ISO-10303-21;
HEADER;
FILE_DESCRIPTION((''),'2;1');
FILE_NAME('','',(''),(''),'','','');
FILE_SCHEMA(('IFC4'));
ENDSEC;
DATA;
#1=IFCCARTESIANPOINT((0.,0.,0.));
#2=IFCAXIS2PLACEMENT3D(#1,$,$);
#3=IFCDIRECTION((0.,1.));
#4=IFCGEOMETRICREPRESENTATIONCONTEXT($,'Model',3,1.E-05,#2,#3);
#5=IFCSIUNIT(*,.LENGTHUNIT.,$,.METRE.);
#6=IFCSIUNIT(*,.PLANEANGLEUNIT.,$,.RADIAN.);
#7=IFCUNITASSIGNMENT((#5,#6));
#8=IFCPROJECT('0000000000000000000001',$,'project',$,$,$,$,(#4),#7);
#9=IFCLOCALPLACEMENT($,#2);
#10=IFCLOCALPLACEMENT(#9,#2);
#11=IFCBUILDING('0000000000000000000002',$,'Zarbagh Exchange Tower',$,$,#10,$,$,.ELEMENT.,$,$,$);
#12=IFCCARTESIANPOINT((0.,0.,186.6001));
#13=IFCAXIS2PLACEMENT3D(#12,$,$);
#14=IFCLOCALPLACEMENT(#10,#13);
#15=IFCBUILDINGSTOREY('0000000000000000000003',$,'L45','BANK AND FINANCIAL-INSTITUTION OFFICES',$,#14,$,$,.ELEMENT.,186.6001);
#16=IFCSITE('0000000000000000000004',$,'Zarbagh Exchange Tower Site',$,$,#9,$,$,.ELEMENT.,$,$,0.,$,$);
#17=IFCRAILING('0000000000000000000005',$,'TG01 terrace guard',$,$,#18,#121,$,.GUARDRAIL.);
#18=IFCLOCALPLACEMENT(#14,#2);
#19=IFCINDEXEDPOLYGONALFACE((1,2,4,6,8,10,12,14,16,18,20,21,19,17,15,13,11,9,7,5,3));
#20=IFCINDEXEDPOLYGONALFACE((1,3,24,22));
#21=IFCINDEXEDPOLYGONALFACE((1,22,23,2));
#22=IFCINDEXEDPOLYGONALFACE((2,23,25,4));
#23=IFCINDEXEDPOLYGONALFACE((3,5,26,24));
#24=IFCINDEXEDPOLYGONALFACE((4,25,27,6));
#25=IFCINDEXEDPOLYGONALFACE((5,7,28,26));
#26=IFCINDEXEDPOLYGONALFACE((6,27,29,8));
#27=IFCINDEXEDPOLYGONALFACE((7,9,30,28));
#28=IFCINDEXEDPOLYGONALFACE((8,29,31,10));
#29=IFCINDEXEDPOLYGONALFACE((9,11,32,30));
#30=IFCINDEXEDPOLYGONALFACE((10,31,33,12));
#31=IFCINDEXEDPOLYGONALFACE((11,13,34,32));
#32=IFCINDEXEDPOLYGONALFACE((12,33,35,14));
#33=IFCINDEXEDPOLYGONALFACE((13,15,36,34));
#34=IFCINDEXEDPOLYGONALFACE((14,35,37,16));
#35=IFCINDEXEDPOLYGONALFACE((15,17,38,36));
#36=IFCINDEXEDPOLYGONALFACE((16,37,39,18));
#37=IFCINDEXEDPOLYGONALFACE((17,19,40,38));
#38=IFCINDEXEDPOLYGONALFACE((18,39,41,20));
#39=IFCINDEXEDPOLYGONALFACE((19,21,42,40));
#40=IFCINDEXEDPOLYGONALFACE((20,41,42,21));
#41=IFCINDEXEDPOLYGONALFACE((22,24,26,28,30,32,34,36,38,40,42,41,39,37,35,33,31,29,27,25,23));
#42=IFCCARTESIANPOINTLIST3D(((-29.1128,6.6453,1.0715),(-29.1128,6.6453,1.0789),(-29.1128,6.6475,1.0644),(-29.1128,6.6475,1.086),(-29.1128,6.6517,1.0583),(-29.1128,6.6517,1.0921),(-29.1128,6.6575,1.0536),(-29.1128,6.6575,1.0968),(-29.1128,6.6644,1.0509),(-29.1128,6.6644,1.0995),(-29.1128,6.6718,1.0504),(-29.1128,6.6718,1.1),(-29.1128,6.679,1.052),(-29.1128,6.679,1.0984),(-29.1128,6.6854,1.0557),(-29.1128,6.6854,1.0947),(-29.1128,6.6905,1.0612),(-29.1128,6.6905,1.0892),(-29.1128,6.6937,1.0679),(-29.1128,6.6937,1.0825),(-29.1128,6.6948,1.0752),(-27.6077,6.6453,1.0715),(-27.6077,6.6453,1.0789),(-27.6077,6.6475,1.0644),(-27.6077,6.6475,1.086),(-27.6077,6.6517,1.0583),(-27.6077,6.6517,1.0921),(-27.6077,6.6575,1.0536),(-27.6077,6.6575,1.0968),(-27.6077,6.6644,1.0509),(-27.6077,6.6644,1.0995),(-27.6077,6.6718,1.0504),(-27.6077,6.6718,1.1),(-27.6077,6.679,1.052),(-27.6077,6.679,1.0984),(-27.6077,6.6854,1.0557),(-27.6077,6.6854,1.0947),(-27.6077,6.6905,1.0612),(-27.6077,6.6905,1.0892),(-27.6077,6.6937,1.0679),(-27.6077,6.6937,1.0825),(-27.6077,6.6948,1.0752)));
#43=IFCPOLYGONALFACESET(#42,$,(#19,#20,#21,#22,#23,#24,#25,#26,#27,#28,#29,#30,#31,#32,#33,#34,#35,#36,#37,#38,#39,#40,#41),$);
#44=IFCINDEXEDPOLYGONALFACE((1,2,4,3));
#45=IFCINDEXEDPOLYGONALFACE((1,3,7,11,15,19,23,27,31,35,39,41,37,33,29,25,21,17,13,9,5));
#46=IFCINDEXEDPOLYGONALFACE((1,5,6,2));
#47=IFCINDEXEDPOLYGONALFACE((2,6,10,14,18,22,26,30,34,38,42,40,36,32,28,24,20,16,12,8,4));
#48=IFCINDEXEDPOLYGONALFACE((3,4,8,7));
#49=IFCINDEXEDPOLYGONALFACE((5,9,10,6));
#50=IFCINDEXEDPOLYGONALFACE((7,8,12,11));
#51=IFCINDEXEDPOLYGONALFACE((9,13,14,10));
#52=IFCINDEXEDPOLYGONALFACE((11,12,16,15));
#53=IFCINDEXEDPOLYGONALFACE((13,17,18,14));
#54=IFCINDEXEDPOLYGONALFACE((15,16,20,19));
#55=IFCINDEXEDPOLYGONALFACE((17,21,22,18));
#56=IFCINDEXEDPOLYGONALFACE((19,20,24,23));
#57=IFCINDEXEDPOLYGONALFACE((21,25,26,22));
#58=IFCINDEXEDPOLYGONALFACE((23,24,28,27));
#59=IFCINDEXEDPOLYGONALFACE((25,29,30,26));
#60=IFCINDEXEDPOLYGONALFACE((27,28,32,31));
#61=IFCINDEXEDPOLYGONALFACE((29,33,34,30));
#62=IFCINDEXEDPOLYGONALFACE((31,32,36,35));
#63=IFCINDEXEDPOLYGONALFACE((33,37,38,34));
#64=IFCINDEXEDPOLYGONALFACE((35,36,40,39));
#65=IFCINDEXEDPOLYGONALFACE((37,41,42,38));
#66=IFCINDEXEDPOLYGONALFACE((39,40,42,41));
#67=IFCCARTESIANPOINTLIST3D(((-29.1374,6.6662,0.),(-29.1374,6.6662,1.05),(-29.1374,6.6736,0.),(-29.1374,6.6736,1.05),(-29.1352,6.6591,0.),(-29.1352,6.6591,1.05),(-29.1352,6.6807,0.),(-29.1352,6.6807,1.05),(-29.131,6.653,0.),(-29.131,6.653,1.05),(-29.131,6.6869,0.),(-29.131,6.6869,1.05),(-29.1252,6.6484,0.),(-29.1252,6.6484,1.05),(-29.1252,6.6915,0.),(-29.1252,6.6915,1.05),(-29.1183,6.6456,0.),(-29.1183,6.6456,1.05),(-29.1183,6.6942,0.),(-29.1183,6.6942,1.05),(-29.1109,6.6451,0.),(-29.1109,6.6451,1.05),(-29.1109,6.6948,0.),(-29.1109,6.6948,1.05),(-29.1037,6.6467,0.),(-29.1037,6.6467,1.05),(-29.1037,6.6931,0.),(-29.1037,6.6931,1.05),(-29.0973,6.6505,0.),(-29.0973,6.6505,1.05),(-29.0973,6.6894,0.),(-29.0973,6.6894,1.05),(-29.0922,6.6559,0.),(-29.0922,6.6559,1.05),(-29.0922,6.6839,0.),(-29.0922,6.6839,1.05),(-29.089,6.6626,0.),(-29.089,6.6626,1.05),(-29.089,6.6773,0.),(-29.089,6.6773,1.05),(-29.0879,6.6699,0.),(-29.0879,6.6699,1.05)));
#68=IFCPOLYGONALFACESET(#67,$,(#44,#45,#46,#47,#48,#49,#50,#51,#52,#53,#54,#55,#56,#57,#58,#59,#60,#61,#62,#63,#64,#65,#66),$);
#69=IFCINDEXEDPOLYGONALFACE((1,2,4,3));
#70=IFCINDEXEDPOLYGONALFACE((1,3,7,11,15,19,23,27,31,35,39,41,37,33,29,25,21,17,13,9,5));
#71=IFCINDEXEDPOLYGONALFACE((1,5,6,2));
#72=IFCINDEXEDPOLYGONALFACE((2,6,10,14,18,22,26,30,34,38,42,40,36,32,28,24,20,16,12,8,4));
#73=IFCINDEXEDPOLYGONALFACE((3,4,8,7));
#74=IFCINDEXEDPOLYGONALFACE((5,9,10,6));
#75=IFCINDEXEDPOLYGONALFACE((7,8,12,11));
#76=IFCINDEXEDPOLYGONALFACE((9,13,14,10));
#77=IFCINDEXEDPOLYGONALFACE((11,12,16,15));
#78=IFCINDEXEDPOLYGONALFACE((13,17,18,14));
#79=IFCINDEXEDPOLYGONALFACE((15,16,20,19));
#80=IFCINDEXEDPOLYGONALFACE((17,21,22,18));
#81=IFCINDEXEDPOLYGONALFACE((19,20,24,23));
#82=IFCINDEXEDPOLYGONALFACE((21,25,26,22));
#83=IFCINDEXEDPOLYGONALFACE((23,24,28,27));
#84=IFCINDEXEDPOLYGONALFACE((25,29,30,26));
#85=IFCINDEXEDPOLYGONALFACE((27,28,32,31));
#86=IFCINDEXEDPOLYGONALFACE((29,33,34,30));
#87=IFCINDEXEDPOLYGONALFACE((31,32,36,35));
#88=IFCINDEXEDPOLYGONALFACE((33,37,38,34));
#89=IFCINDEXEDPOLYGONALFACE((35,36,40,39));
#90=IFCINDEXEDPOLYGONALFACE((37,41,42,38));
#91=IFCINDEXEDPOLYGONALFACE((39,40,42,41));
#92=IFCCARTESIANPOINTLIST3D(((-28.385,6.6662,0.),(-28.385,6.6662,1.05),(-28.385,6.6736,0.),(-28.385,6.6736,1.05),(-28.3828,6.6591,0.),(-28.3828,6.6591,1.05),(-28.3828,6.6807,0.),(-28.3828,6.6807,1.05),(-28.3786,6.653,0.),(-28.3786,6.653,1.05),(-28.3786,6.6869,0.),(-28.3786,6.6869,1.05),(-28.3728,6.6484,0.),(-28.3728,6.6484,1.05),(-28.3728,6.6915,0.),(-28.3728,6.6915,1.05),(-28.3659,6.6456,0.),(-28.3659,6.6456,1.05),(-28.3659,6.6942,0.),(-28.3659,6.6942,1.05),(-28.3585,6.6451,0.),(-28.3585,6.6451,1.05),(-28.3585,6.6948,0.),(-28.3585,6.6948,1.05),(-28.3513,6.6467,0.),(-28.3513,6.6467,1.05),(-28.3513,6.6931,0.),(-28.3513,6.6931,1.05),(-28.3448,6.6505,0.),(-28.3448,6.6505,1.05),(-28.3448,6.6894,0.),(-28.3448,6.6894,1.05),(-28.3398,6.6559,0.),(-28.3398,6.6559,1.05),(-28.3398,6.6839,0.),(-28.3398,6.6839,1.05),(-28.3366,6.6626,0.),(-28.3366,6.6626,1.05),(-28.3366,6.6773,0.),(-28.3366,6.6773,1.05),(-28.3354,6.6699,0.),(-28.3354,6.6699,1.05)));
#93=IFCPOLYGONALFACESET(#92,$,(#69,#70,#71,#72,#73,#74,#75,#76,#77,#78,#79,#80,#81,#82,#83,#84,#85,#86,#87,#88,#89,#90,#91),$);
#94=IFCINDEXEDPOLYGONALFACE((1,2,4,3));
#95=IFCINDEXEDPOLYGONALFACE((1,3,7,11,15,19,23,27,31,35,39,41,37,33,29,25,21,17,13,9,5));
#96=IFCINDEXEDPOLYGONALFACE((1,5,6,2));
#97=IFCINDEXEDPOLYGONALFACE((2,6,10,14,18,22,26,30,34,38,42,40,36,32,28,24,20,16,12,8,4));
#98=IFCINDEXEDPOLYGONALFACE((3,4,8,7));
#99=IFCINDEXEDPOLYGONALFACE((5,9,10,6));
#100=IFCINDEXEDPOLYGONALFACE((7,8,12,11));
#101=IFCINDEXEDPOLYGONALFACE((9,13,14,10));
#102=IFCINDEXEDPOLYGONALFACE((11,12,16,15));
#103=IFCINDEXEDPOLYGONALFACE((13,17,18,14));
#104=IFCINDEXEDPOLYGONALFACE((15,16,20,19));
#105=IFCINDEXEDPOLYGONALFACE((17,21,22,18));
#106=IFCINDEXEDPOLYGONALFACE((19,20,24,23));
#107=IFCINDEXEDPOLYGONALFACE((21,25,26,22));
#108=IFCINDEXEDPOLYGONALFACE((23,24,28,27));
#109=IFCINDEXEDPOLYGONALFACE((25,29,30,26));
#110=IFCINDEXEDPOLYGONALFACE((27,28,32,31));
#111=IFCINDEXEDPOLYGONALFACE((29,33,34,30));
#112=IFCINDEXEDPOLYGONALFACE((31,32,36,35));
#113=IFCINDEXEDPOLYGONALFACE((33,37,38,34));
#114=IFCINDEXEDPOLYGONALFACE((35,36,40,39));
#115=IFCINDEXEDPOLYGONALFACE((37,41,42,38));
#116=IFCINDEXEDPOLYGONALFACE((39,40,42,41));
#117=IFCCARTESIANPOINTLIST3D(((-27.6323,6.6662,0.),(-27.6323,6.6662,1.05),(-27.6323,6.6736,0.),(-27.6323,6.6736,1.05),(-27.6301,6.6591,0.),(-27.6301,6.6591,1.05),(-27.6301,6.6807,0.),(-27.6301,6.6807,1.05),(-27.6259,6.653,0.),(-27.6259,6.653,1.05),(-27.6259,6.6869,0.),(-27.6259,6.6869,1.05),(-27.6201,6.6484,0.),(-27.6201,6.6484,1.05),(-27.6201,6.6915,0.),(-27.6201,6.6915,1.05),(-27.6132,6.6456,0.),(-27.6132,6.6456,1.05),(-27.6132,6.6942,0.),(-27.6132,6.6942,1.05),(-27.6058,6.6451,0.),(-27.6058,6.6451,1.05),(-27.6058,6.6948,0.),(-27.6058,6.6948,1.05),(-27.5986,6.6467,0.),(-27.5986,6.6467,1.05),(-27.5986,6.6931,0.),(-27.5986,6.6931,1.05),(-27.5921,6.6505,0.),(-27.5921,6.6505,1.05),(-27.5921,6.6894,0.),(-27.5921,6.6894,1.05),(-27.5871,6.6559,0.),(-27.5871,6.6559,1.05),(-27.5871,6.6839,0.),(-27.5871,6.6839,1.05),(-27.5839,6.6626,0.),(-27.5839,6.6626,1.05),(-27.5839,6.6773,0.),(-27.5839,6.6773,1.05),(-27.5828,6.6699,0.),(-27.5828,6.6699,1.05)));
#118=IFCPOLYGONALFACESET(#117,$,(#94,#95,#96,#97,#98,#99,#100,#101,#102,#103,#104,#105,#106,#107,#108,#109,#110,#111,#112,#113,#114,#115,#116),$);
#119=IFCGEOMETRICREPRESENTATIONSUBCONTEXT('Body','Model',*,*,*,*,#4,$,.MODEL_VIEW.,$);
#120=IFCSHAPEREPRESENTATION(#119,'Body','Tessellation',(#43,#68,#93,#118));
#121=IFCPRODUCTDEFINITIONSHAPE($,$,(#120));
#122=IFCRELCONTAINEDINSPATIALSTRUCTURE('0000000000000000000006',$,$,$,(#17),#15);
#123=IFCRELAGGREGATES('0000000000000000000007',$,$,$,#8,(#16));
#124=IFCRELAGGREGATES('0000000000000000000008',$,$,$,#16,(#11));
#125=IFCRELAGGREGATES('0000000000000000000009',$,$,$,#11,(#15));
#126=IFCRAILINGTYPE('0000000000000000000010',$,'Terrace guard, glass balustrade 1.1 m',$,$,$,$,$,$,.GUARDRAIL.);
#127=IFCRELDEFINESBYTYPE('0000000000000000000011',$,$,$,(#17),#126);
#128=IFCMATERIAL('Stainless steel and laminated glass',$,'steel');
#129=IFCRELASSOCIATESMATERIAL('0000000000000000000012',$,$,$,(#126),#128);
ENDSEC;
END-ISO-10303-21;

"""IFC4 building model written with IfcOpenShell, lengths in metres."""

from ifc_helpers import new_model, si_unit, direction, frame, origin, origin_2d, place, context, subcontext, project, spatial, circle, extrude, material, type_object, element, save


model = new_model("IFC4")

# Units and contexts
model_context = context("Model", 3, precision=1e-05, world=origin(), true_north=direction((0.0, 1.0)))
body_context = subcontext(model_context, "Body", "Model", "MODEL_VIEW")
ifc_project = project(units=[si_unit("LENGTHUNIT", "METRE"), si_unit("PLANEANGLEUNIT", "RADIAN")], contexts=[model_context])

# Site, building, storey
site_placement = place(None, origin())
site = spatial("IfcSite", under=ifc_project, at=site_placement, Name="Zarbagh Exchange Tower Site", CompositionType="ELEMENT", RefElevation=0.0)
building_placement = place(site_placement, origin())
building = spatial("IfcBuilding", under=site, at=building_placement, Name="Zarbagh Exchange Tower", CompositionType="ELEMENT")
storey_placement = place(building_placement, frame((0.0, 0.0, 186.6001)))
storey = spatial("IfcBuildingStorey", under=building, at=storey_placement, Name="L45", Description="BANK AND FINANCIAL-INSTITUTION OFFICES", CompositionType="ELEMENT", Elevation=186.6001)

# Railing
ifc_material_1 = material(Name="Stainless steel and laminated glass", Category="steel")
railing_type = type_object("IfcRailingType", Name="Terrace guard, glass balustrade 1.1 m", PredefinedType="GUARDRAIL", material=ifc_material_1)
railing_placement = place(storey_placement, frame((-29.1128, 6.6699, 0.0)))
element("IfcRailing", 1, at=railing_placement, inside=storey, type_object=railing_type, Name="TG01 terrace guard", PredefinedType="GUARDRAIL", context=body_context, shape_type="SweptSolid", body=[
    extrude(circle(Radius=0.0249, at=origin_2d()), frame((0.0, 0.0, 1.0752), z_axis=(1.0, 0.0, 0.0), x_axis=(0.0, 1.0, 0.0)), (0.0, 0.0, 1.0), 1.5051),
    extrude(circle(Radius=0.0249, at=origin_2d()), origin(), (0.0, 0.0, 1.0), 1.05),
    extrude(circle(Radius=0.0249, at=origin_2d()), frame((0.7524, 0.0, 0.0)), (0.0, 0.0, 1.0), 1.05),
    extrude(circle(Radius=0.0249, at=origin_2d()), frame((1.5051, 0.0, 0.0)), (0.0, 0.0, 1.0), 1.05),
])

save(model, "model.ifc")
